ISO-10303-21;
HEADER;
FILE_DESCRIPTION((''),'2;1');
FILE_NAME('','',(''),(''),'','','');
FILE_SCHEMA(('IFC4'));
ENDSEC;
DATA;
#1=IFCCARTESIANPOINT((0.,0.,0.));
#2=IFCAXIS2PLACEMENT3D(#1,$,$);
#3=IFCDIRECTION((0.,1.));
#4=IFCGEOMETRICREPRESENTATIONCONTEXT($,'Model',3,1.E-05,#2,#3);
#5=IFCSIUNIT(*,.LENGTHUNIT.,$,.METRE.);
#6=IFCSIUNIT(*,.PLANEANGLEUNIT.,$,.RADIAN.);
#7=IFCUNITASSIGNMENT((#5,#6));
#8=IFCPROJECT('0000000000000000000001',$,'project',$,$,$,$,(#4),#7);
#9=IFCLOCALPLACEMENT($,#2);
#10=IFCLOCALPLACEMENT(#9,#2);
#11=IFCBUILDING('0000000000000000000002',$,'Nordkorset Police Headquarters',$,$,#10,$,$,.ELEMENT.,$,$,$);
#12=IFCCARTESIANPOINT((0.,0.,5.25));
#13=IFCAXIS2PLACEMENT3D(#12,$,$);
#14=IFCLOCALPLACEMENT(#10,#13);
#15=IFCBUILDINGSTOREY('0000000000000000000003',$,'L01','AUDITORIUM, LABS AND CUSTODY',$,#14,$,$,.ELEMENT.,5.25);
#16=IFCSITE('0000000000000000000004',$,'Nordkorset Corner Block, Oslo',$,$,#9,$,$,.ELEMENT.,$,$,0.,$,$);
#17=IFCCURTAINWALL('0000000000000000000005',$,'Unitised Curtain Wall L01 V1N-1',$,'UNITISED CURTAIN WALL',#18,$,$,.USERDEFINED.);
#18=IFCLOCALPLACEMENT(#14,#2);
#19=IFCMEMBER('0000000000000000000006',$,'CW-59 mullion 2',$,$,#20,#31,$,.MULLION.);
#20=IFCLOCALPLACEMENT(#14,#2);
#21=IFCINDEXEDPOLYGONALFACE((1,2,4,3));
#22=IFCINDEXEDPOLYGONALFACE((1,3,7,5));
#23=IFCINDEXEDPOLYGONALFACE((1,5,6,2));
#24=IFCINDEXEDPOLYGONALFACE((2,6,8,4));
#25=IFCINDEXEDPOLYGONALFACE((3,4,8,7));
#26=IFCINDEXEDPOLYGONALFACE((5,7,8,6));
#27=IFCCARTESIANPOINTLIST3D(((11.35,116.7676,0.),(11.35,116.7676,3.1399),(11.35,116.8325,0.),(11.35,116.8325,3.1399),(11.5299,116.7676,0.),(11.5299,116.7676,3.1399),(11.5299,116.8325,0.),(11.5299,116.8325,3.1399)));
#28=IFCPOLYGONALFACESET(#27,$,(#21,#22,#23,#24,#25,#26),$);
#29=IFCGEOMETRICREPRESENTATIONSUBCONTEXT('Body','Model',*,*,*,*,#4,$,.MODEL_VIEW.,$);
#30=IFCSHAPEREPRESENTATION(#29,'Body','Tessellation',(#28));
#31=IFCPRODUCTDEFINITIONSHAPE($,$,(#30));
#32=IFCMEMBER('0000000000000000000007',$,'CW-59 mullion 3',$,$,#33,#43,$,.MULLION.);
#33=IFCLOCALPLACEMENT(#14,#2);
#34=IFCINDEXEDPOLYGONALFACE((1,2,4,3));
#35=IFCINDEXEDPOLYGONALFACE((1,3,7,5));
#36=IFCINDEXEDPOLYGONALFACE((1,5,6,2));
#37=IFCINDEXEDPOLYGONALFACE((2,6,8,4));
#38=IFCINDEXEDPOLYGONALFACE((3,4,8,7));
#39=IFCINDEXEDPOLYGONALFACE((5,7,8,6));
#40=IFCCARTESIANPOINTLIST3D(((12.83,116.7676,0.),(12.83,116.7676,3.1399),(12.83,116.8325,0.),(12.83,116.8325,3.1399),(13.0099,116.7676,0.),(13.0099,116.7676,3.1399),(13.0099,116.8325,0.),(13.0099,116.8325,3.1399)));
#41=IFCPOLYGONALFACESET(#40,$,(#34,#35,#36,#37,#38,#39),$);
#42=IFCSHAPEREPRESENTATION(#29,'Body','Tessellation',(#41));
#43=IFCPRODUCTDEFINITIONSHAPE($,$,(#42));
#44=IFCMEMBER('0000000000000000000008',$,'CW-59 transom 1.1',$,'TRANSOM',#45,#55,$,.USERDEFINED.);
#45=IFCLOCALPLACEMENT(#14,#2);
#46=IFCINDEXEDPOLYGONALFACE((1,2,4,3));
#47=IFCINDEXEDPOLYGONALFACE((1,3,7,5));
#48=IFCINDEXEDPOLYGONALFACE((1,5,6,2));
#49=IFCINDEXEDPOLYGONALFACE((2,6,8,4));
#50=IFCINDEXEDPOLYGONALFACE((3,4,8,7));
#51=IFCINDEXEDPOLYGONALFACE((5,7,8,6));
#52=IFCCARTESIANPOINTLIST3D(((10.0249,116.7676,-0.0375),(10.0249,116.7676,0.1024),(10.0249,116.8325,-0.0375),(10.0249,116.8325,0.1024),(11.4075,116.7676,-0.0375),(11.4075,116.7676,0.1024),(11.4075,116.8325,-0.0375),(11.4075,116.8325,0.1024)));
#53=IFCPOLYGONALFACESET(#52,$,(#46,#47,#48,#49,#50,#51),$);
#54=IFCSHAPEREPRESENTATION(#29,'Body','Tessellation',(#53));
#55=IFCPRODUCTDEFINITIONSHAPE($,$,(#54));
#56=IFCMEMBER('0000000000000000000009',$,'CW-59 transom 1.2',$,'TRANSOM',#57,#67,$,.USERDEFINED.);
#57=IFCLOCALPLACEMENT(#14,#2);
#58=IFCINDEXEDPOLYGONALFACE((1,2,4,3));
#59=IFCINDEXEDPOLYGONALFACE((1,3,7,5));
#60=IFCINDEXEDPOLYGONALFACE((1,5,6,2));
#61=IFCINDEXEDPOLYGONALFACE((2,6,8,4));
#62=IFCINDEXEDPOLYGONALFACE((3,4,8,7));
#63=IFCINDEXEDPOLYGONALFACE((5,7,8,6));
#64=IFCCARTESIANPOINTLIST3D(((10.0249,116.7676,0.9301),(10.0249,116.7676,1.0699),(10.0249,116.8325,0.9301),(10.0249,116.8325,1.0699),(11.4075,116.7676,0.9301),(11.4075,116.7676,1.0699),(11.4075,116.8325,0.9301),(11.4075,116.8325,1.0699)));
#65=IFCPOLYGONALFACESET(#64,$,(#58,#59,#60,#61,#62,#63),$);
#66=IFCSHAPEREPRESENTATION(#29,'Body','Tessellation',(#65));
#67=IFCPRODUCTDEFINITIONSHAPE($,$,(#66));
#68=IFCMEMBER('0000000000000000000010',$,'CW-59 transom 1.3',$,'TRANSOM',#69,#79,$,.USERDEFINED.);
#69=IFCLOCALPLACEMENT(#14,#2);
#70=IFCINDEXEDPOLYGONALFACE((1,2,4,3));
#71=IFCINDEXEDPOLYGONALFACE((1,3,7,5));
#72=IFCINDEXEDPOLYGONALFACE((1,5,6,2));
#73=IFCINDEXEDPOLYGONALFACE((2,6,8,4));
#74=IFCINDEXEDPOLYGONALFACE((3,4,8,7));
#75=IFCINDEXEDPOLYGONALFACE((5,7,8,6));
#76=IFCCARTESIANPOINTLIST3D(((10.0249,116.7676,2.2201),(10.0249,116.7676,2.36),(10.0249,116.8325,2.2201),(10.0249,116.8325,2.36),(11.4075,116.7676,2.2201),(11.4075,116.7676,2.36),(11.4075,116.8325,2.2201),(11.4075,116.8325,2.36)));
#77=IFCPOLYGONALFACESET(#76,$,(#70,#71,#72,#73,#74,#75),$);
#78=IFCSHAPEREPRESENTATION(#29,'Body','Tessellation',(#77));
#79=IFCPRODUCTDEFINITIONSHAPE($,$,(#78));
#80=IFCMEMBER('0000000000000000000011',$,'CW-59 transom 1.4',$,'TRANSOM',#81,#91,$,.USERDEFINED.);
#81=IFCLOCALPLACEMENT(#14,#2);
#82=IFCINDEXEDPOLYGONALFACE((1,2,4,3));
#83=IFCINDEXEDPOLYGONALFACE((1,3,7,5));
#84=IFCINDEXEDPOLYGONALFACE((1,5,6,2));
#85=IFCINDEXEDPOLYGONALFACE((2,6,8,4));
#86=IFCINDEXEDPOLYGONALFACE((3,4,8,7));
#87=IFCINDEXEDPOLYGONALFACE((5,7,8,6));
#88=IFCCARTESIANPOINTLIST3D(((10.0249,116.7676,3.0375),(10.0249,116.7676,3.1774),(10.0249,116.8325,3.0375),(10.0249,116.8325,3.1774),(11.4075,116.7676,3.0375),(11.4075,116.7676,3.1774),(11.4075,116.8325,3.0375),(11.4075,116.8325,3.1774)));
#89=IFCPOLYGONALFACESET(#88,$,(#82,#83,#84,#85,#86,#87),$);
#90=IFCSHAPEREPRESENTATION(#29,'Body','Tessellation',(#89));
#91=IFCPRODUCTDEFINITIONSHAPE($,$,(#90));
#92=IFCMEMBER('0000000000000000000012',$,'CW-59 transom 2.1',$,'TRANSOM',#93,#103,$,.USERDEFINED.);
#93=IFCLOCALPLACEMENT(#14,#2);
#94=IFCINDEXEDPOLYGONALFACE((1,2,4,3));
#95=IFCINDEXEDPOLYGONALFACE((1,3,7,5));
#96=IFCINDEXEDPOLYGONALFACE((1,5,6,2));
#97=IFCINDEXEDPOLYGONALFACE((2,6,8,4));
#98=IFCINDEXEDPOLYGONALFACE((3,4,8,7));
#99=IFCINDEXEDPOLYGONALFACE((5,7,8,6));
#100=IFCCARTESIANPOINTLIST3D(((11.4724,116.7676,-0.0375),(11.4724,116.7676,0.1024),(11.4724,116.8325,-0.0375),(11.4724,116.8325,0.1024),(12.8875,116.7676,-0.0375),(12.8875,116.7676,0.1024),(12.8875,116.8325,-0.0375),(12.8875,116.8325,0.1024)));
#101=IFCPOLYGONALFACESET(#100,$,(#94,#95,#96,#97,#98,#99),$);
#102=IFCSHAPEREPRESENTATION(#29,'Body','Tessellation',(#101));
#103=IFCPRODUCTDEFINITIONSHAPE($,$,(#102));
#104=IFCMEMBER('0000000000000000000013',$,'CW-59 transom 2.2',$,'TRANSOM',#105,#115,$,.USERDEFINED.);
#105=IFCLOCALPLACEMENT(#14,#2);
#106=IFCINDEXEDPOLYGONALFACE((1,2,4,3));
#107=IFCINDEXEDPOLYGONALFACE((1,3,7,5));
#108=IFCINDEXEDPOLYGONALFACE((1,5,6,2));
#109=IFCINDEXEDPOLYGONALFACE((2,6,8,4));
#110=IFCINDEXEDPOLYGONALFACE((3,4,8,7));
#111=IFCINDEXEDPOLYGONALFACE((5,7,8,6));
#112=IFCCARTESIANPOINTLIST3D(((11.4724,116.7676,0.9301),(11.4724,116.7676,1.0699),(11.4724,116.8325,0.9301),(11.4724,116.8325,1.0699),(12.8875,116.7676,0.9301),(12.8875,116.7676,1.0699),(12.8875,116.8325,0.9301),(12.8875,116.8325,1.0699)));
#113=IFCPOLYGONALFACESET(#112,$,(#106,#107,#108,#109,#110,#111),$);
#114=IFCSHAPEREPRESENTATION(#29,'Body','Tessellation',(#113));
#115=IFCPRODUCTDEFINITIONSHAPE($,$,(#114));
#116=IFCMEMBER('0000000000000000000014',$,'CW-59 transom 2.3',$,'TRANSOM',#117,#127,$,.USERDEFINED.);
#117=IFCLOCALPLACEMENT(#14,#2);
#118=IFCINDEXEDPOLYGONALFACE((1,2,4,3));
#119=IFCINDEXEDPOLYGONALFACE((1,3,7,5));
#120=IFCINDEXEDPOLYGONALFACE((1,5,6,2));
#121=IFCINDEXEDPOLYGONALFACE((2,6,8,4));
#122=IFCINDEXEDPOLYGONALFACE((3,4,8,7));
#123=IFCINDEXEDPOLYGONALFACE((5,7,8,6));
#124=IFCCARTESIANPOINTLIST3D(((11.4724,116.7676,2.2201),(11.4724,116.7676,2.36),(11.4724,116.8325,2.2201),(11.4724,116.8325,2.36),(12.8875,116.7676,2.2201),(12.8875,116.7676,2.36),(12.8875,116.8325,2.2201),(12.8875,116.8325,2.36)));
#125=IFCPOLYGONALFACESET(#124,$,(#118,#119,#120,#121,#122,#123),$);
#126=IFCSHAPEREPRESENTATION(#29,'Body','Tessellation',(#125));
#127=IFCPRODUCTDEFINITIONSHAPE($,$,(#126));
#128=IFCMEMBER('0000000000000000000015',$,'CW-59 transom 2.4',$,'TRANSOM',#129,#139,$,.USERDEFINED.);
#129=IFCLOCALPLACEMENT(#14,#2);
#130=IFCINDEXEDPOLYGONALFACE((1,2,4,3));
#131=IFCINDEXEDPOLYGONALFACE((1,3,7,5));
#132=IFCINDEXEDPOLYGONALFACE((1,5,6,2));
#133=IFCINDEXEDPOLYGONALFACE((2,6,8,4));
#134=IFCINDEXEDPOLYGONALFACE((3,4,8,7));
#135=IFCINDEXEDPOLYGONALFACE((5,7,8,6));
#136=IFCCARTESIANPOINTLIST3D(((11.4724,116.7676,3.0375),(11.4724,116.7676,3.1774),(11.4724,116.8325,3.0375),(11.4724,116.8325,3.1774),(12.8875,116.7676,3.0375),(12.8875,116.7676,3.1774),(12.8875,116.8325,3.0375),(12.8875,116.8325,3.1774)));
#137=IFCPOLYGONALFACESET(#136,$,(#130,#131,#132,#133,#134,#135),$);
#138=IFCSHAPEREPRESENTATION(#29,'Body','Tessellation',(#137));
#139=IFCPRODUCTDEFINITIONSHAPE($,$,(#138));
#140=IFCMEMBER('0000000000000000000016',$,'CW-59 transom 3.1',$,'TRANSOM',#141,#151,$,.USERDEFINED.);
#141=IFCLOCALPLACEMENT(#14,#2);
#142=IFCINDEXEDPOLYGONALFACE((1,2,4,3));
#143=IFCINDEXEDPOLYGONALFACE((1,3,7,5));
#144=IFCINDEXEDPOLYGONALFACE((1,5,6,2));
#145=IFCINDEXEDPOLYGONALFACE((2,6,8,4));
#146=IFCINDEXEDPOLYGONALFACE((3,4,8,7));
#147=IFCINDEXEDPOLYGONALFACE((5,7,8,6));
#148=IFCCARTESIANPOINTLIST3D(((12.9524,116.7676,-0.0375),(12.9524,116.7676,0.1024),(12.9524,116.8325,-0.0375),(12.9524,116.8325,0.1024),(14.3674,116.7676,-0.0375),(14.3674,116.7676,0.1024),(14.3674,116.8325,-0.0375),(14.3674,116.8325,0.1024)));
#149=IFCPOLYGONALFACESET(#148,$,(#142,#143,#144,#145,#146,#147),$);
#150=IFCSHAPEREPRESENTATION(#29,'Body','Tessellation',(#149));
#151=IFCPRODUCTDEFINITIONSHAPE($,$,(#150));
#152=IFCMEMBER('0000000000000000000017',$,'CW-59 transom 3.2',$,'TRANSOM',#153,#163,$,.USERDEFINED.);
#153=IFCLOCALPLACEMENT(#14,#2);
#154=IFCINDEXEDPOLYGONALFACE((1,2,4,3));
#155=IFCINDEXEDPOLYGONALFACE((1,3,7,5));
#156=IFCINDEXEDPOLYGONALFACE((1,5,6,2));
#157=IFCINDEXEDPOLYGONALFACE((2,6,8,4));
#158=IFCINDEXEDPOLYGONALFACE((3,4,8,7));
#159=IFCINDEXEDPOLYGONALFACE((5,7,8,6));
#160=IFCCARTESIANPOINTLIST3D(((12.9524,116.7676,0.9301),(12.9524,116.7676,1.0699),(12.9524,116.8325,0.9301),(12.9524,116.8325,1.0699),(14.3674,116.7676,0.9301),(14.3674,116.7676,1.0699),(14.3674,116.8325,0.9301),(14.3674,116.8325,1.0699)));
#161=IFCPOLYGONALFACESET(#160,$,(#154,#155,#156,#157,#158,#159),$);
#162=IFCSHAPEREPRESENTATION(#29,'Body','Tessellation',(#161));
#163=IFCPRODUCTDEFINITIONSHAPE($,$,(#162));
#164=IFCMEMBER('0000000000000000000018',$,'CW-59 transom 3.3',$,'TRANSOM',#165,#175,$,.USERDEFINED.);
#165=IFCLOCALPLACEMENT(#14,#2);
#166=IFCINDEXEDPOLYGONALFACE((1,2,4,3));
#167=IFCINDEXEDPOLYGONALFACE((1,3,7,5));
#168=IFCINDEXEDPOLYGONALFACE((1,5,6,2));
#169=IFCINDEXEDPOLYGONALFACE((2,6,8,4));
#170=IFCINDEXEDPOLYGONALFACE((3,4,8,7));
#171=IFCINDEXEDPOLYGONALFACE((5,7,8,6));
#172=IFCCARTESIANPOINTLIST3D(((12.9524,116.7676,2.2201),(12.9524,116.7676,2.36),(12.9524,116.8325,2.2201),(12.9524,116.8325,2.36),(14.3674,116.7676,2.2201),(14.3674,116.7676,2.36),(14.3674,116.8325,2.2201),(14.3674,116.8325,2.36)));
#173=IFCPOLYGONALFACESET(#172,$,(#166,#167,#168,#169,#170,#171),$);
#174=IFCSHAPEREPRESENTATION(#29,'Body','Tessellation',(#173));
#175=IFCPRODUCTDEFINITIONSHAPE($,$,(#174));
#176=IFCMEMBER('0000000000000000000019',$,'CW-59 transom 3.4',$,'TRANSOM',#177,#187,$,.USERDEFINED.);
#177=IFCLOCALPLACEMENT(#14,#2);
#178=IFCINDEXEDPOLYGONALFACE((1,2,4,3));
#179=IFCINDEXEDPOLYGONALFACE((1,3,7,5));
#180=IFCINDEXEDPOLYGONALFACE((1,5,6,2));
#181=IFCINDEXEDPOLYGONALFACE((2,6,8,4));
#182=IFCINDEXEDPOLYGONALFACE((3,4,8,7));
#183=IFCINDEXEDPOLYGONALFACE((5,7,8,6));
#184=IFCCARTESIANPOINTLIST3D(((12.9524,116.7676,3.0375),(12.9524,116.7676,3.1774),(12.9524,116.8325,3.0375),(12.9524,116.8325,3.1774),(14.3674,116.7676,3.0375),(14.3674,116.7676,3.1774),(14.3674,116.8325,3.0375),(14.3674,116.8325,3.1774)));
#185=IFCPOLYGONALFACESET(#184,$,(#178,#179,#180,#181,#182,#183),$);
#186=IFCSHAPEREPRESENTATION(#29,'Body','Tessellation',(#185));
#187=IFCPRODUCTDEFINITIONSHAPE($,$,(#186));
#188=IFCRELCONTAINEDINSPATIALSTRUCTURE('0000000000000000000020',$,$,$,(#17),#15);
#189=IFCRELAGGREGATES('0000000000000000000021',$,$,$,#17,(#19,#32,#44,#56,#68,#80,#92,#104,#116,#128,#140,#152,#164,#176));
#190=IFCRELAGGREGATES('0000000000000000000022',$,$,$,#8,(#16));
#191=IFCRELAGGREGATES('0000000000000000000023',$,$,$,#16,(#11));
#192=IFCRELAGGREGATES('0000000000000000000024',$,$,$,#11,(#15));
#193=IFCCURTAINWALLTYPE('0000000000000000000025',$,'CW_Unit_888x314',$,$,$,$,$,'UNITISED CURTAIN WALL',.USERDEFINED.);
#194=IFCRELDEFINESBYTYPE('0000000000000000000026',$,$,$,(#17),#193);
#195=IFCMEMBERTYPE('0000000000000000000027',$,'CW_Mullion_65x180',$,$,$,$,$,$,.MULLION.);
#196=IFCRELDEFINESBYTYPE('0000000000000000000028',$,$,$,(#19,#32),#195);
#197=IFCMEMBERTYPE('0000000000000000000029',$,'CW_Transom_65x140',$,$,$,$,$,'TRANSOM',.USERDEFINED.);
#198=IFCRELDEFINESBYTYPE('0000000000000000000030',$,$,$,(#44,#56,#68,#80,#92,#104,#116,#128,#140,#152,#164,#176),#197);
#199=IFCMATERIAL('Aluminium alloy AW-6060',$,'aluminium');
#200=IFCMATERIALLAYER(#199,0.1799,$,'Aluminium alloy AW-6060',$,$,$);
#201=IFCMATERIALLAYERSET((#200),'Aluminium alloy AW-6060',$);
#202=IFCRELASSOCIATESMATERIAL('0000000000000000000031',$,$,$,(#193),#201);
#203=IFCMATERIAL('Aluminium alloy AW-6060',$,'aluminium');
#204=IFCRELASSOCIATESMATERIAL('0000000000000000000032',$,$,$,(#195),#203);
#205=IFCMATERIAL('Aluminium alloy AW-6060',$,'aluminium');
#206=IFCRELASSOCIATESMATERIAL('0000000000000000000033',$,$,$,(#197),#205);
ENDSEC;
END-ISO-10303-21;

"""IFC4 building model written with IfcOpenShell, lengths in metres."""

from ifc_helpers import new_model, si_unit, direction, frame, origin, origin_2d, place, context, subcontext, project, spatial, rectangle, extrude, material, layer, layer_set, material_profile, profile_set, type_object, element, aggregate, save


model = new_model("IFC4")

# Units and contexts
model_context = context("Model", 3, precision=1e-05, world=origin(), true_north=direction((0.0, 1.0)))
body_context = subcontext(model_context, "Body", "Model", "MODEL_VIEW")
ifc_project = project(units=[si_unit("LENGTHUNIT", "METRE"), si_unit("PLANEANGLEUNIT", "RADIAN")], contexts=[model_context])

# Site, building, storey
site_placement = place(None, origin())
site = spatial("IfcSite", under=ifc_project, at=site_placement, Name="Nordkorset Corner Block, Oslo", CompositionType="ELEMENT", RefElevation=0.0)
building_placement = place(site_placement, origin())
building = spatial("IfcBuilding", under=site, at=building_placement, Name="Nordkorset Police Headquarters", CompositionType="ELEMENT")
storey_placement = place(building_placement, frame((0.0, 0.0, 5.25)))
storey = spatial("IfcBuildingStorey", under=building, at=storey_placement, Name="L01", Description="AUDITORIUM, LABS AND CUSTODY", CompositionType="ELEMENT", Elevation=5.25)

# Curtain wall, members
ifc_material_1 = material(Name="Aluminium alloy AW-6060", Category="aluminium")
ifc_layer_1 = layer(ifc_material_1, 0.1799, Name="Aluminium alloy AW-6060")
ifc_layer_set_1 = layer_set([ifc_layer_1], Name="Aluminium alloy AW-6060")
curtain_wall_type = type_object("IfcCurtainWallType", Name="CW_Unit_888x314", ElementType="UNITISED CURTAIN WALL", PredefinedType="USERDEFINED", material=ifc_layer_set_1)
curtain_wall_placement = place(storey_placement, origin())
curtain_wall = element("IfcCurtainWall", 1, at=curtain_wall_placement, inside=storey, type_object=curtain_wall_type, Name="Unitised Curtain Wall L01 V1N-1", ObjectType="UNITISED CURTAIN WALL", PredefinedType="USERDEFINED")
ifc_material_2 = material(Name="Aluminium alloy AW-6060", Category="aluminium")
ifc_material_profile_1 = material_profile(ifc_material_2, rectangle(XDim=0.0649, YDim=0.1799, at=origin_2d()), Name="ALU MULL 65x180")
ifc_profile_set_1 = profile_set([ifc_material_profile_1], Name="Aluminium alloy AW-6060")
member_type_1 = type_object("IfcMemberType", Name="CW_Mullion_65x180", PredefinedType="MULLION", material=ifc_profile_set_1)
member_1_placement = place(storey_placement, frame((11.4399, 116.8, 0.0), z_axis=(0.0, 0.0, 1.0), x_axis=(0.0, 1.0, 0.0)))
member_1 = element("IfcMember", 2, at=member_1_placement, type_object=member_type_1, Name="CW-59 mullion 2", PredefinedType="MULLION", context=body_context, shape_type="SweptSolid", body=[
    extrude(rectangle(XDim=0.0649, YDim=0.1799, at=origin_2d()), origin(), (0.0, 0.0, 1.0), 3.1399),
])
member_2_placement = place(storey_placement, frame((12.9199, 116.8, 0.0), z_axis=(0.0, 0.0, 1.0), x_axis=(0.0, 1.0, 0.0)))
member_2 = element("IfcMember", 3, at=member_2_placement, type_object=member_type_1, Name="CW-59 mullion 3", PredefinedType="MULLION", context=body_context, shape_type="SweptSolid", body=[
    extrude(rectangle(XDim=0.0649, YDim=0.1799, at=origin_2d()), origin(), (0.0, 0.0, 1.0), 3.1399),
])
ifc_material_3 = material(Name="Aluminium alloy AW-6060", Category="aluminium")
ifc_material_profile_2 = material_profile(ifc_material_3, rectangle(XDim=0.0649, YDim=0.1399, at=origin_2d()), Name="ALU TRAN 65x140")
ifc_profile_set_2 = profile_set([ifc_material_profile_2], Name="Aluminium alloy AW-6060")
member_type_2 = type_object("IfcMemberType", Name="CW_Transom_65x140", ElementType="TRANSOM", PredefinedType="USERDEFINED", material=ifc_profile_set_2)
member_3_placement = place(storey_placement, frame((10.0249, 116.8, 0.0325), z_axis=(1.0, 0.0, 0.0), x_axis=(0.0, 1.0, 0.0)))
member_3 = element("IfcMember", 4, at=member_3_placement, type_object=member_type_2, Name="CW-59 transom 1.1", ObjectType="TRANSOM", PredefinedType="USERDEFINED", context=body_context, shape_type="SweptSolid", body=[
    extrude(rectangle(XDim=0.0649, YDim=0.1399, at=origin_2d()), origin(), (0.0, 0.0, 1.0), 1.3826),
])
member_4_placement = place(storey_placement, frame((10.0249, 116.8, 1.0), z_axis=(1.0, 0.0, 0.0), x_axis=(0.0, 1.0, 0.0)))
member_4 = element("IfcMember", 5, at=member_4_placement, type_object=member_type_2, Name="CW-59 transom 1.2", ObjectType="TRANSOM", PredefinedType="USERDEFINED", context=body_context, shape_type="SweptSolid", body=[
    extrude(rectangle(XDim=0.0649, YDim=0.1399, at=origin_2d()), origin(), (0.0, 0.0, 1.0), 1.3826),
])
member_5_placement = place(storey_placement, frame((10.0249, 116.8, 2.29), z_axis=(1.0, 0.0, 0.0), x_axis=(0.0, 1.0, 0.0)))
member_5 = element("IfcMember", 6, at=member_5_placement, type_object=member_type_2, Name="CW-59 transom 1.3", ObjectType="TRANSOM", PredefinedType="USERDEFINED", context=body_context, shape_type="SweptSolid", body=[
    extrude(rectangle(XDim=0.0649, YDim=0.1399, at=origin_2d()), origin(), (0.0, 0.0, 1.0), 1.3826),
])
member_6_placement = place(storey_placement, frame((10.0249, 116.8, 3.1074), z_axis=(1.0, 0.0, 0.0), x_axis=(0.0, 1.0, 0.0)))
member_6 = element("IfcMember", 7, at=member_6_placement, type_object=member_type_2, Name="CW-59 transom 1.4", ObjectType="TRANSOM", PredefinedType="USERDEFINED", context=body_context, shape_type="SweptSolid", body=[
    extrude(rectangle(XDim=0.0649, YDim=0.1399, at=origin_2d()), origin(), (0.0, 0.0, 1.0), 1.3826),
])
member_7_placement = place(storey_placement, frame((11.4724, 116.8, 0.0325), z_axis=(1.0, 0.0, 0.0), x_axis=(0.0, 1.0, 0.0)))
member_7 = element("IfcMember", 8, at=member_7_placement, type_object=member_type_2, Name="CW-59 transom 2.1", ObjectType="TRANSOM", PredefinedType="USERDEFINED", context=body_context, shape_type="SweptSolid", body=[
    extrude(rectangle(XDim=0.0649, YDim=0.1399, at=origin_2d()), origin(), (0.0, 0.0, 1.0), 1.415),
])
member_8_placement = place(storey_placement, frame((11.4724, 116.8, 1.0), z_axis=(1.0, 0.0, 0.0), x_axis=(0.0, 1.0, 0.0)))
member_8 = element("IfcMember", 9, at=member_8_placement, type_object=member_type_2, Name="CW-59 transom 2.2", ObjectType="TRANSOM", PredefinedType="USERDEFINED", context=body_context, shape_type="SweptSolid", body=[
    extrude(rectangle(XDim=0.0649, YDim=0.1399, at=origin_2d()), origin(), (0.0, 0.0, 1.0), 1.415),
])
member_9_placement = place(storey_placement, frame((11.4724, 116.8, 2.29), z_axis=(1.0, 0.0, 0.0), x_axis=(0.0, 1.0, 0.0)))
member_9 = element("IfcMember", 10, at=member_9_placement, type_object=member_type_2, Name="CW-59 transom 2.3", ObjectType="TRANSOM", PredefinedType="USERDEFINED", context=body_context, shape_type="SweptSolid", body=[
    extrude(rectangle(XDim=0.0649, YDim=0.1399, at=origin_2d()), origin(), (0.0, 0.0, 1.0), 1.415),
])
member_10_placement = place(storey_placement, frame((11.4724, 116.8, 3.1074), z_axis=(1.0, 0.0, 0.0), x_axis=(0.0, 1.0, 0.0)))
member_10 = element("IfcMember", 11, at=member_10_placement, type_object=member_type_2, Name="CW-59 transom 2.4", ObjectType="TRANSOM", PredefinedType="USERDEFINED", context=body_context, shape_type="SweptSolid", body=[
    extrude(rectangle(XDim=0.0649, YDim=0.1399, at=origin_2d()), origin(), (0.0, 0.0, 1.0), 1.415),
])
member_11_placement = place(storey_placement, frame((12.9524, 116.8, 0.0325), z_axis=(1.0, 0.0, 0.0), x_axis=(0.0, 1.0, 0.0)))
member_11 = element("IfcMember", 12, at=member_11_placement, type_object=member_type_2, Name="CW-59 transom 3.1", ObjectType="TRANSOM", PredefinedType="USERDEFINED", context=body_context, shape_type="SweptSolid", body=[
    extrude(rectangle(XDim=0.0649, YDim=0.1399, at=origin_2d()), origin(), (0.0, 0.0, 1.0), 1.415),
])
member_12_placement = place(storey_placement, frame((12.9524, 116.8, 1.0), z_axis=(1.0, 0.0, 0.0), x_axis=(0.0, 1.0, 0.0)))
member_12 = element("IfcMember", 13, at=member_12_placement, type_object=member_type_2, Name="CW-59 transom 3.2", ObjectType="TRANSOM", PredefinedType="USERDEFINED", context=body_context, shape_type="SweptSolid", body=[
    extrude(rectangle(XDim=0.0649, YDim=0.1399, at=origin_2d()), origin(), (0.0, 0.0, 1.0), 1.415),
])
member_13_placement = place(storey_placement, frame((12.9524, 116.8, 2.29), z_axis=(1.0, 0.0, 0.0), x_axis=(0.0, 1.0, 0.0)))
member_13 = element("IfcMember", 14, at=member_13_placement, type_object=member_type_2, Name="CW-59 transom 3.3", ObjectType="TRANSOM", PredefinedType="USERDEFINED", context=body_context, shape_type="SweptSolid", body=[
    extrude(rectangle(XDim=0.0649, YDim=0.1399, at=origin_2d()), origin(), (0.0, 0.0, 1.0), 1.415),
])
member_14_placement = place(storey_placement, frame((12.9524, 116.8, 3.1074), z_axis=(1.0, 0.0, 0.0), x_axis=(0.0, 1.0, 0.0)))
member_14 = element("IfcMember", 15, at=member_14_placement, type_object=member_type_2, Name="CW-59 transom 3.4", ObjectType="TRANSOM", PredefinedType="USERDEFINED", context=body_context, shape_type="SweptSolid", body=[
    extrude(rectangle(XDim=0.0649, YDim=0.1399, at=origin_2d()), origin(), (0.0, 0.0, 1.0), 1.415),
])
aggregate(curtain_wall, [member_1, member_2, member_3, member_4, member_5, member_6, member_7, member_8, member_9, member_10, member_11, member_12, member_13, member_14])

save(model, "model.ifc")
